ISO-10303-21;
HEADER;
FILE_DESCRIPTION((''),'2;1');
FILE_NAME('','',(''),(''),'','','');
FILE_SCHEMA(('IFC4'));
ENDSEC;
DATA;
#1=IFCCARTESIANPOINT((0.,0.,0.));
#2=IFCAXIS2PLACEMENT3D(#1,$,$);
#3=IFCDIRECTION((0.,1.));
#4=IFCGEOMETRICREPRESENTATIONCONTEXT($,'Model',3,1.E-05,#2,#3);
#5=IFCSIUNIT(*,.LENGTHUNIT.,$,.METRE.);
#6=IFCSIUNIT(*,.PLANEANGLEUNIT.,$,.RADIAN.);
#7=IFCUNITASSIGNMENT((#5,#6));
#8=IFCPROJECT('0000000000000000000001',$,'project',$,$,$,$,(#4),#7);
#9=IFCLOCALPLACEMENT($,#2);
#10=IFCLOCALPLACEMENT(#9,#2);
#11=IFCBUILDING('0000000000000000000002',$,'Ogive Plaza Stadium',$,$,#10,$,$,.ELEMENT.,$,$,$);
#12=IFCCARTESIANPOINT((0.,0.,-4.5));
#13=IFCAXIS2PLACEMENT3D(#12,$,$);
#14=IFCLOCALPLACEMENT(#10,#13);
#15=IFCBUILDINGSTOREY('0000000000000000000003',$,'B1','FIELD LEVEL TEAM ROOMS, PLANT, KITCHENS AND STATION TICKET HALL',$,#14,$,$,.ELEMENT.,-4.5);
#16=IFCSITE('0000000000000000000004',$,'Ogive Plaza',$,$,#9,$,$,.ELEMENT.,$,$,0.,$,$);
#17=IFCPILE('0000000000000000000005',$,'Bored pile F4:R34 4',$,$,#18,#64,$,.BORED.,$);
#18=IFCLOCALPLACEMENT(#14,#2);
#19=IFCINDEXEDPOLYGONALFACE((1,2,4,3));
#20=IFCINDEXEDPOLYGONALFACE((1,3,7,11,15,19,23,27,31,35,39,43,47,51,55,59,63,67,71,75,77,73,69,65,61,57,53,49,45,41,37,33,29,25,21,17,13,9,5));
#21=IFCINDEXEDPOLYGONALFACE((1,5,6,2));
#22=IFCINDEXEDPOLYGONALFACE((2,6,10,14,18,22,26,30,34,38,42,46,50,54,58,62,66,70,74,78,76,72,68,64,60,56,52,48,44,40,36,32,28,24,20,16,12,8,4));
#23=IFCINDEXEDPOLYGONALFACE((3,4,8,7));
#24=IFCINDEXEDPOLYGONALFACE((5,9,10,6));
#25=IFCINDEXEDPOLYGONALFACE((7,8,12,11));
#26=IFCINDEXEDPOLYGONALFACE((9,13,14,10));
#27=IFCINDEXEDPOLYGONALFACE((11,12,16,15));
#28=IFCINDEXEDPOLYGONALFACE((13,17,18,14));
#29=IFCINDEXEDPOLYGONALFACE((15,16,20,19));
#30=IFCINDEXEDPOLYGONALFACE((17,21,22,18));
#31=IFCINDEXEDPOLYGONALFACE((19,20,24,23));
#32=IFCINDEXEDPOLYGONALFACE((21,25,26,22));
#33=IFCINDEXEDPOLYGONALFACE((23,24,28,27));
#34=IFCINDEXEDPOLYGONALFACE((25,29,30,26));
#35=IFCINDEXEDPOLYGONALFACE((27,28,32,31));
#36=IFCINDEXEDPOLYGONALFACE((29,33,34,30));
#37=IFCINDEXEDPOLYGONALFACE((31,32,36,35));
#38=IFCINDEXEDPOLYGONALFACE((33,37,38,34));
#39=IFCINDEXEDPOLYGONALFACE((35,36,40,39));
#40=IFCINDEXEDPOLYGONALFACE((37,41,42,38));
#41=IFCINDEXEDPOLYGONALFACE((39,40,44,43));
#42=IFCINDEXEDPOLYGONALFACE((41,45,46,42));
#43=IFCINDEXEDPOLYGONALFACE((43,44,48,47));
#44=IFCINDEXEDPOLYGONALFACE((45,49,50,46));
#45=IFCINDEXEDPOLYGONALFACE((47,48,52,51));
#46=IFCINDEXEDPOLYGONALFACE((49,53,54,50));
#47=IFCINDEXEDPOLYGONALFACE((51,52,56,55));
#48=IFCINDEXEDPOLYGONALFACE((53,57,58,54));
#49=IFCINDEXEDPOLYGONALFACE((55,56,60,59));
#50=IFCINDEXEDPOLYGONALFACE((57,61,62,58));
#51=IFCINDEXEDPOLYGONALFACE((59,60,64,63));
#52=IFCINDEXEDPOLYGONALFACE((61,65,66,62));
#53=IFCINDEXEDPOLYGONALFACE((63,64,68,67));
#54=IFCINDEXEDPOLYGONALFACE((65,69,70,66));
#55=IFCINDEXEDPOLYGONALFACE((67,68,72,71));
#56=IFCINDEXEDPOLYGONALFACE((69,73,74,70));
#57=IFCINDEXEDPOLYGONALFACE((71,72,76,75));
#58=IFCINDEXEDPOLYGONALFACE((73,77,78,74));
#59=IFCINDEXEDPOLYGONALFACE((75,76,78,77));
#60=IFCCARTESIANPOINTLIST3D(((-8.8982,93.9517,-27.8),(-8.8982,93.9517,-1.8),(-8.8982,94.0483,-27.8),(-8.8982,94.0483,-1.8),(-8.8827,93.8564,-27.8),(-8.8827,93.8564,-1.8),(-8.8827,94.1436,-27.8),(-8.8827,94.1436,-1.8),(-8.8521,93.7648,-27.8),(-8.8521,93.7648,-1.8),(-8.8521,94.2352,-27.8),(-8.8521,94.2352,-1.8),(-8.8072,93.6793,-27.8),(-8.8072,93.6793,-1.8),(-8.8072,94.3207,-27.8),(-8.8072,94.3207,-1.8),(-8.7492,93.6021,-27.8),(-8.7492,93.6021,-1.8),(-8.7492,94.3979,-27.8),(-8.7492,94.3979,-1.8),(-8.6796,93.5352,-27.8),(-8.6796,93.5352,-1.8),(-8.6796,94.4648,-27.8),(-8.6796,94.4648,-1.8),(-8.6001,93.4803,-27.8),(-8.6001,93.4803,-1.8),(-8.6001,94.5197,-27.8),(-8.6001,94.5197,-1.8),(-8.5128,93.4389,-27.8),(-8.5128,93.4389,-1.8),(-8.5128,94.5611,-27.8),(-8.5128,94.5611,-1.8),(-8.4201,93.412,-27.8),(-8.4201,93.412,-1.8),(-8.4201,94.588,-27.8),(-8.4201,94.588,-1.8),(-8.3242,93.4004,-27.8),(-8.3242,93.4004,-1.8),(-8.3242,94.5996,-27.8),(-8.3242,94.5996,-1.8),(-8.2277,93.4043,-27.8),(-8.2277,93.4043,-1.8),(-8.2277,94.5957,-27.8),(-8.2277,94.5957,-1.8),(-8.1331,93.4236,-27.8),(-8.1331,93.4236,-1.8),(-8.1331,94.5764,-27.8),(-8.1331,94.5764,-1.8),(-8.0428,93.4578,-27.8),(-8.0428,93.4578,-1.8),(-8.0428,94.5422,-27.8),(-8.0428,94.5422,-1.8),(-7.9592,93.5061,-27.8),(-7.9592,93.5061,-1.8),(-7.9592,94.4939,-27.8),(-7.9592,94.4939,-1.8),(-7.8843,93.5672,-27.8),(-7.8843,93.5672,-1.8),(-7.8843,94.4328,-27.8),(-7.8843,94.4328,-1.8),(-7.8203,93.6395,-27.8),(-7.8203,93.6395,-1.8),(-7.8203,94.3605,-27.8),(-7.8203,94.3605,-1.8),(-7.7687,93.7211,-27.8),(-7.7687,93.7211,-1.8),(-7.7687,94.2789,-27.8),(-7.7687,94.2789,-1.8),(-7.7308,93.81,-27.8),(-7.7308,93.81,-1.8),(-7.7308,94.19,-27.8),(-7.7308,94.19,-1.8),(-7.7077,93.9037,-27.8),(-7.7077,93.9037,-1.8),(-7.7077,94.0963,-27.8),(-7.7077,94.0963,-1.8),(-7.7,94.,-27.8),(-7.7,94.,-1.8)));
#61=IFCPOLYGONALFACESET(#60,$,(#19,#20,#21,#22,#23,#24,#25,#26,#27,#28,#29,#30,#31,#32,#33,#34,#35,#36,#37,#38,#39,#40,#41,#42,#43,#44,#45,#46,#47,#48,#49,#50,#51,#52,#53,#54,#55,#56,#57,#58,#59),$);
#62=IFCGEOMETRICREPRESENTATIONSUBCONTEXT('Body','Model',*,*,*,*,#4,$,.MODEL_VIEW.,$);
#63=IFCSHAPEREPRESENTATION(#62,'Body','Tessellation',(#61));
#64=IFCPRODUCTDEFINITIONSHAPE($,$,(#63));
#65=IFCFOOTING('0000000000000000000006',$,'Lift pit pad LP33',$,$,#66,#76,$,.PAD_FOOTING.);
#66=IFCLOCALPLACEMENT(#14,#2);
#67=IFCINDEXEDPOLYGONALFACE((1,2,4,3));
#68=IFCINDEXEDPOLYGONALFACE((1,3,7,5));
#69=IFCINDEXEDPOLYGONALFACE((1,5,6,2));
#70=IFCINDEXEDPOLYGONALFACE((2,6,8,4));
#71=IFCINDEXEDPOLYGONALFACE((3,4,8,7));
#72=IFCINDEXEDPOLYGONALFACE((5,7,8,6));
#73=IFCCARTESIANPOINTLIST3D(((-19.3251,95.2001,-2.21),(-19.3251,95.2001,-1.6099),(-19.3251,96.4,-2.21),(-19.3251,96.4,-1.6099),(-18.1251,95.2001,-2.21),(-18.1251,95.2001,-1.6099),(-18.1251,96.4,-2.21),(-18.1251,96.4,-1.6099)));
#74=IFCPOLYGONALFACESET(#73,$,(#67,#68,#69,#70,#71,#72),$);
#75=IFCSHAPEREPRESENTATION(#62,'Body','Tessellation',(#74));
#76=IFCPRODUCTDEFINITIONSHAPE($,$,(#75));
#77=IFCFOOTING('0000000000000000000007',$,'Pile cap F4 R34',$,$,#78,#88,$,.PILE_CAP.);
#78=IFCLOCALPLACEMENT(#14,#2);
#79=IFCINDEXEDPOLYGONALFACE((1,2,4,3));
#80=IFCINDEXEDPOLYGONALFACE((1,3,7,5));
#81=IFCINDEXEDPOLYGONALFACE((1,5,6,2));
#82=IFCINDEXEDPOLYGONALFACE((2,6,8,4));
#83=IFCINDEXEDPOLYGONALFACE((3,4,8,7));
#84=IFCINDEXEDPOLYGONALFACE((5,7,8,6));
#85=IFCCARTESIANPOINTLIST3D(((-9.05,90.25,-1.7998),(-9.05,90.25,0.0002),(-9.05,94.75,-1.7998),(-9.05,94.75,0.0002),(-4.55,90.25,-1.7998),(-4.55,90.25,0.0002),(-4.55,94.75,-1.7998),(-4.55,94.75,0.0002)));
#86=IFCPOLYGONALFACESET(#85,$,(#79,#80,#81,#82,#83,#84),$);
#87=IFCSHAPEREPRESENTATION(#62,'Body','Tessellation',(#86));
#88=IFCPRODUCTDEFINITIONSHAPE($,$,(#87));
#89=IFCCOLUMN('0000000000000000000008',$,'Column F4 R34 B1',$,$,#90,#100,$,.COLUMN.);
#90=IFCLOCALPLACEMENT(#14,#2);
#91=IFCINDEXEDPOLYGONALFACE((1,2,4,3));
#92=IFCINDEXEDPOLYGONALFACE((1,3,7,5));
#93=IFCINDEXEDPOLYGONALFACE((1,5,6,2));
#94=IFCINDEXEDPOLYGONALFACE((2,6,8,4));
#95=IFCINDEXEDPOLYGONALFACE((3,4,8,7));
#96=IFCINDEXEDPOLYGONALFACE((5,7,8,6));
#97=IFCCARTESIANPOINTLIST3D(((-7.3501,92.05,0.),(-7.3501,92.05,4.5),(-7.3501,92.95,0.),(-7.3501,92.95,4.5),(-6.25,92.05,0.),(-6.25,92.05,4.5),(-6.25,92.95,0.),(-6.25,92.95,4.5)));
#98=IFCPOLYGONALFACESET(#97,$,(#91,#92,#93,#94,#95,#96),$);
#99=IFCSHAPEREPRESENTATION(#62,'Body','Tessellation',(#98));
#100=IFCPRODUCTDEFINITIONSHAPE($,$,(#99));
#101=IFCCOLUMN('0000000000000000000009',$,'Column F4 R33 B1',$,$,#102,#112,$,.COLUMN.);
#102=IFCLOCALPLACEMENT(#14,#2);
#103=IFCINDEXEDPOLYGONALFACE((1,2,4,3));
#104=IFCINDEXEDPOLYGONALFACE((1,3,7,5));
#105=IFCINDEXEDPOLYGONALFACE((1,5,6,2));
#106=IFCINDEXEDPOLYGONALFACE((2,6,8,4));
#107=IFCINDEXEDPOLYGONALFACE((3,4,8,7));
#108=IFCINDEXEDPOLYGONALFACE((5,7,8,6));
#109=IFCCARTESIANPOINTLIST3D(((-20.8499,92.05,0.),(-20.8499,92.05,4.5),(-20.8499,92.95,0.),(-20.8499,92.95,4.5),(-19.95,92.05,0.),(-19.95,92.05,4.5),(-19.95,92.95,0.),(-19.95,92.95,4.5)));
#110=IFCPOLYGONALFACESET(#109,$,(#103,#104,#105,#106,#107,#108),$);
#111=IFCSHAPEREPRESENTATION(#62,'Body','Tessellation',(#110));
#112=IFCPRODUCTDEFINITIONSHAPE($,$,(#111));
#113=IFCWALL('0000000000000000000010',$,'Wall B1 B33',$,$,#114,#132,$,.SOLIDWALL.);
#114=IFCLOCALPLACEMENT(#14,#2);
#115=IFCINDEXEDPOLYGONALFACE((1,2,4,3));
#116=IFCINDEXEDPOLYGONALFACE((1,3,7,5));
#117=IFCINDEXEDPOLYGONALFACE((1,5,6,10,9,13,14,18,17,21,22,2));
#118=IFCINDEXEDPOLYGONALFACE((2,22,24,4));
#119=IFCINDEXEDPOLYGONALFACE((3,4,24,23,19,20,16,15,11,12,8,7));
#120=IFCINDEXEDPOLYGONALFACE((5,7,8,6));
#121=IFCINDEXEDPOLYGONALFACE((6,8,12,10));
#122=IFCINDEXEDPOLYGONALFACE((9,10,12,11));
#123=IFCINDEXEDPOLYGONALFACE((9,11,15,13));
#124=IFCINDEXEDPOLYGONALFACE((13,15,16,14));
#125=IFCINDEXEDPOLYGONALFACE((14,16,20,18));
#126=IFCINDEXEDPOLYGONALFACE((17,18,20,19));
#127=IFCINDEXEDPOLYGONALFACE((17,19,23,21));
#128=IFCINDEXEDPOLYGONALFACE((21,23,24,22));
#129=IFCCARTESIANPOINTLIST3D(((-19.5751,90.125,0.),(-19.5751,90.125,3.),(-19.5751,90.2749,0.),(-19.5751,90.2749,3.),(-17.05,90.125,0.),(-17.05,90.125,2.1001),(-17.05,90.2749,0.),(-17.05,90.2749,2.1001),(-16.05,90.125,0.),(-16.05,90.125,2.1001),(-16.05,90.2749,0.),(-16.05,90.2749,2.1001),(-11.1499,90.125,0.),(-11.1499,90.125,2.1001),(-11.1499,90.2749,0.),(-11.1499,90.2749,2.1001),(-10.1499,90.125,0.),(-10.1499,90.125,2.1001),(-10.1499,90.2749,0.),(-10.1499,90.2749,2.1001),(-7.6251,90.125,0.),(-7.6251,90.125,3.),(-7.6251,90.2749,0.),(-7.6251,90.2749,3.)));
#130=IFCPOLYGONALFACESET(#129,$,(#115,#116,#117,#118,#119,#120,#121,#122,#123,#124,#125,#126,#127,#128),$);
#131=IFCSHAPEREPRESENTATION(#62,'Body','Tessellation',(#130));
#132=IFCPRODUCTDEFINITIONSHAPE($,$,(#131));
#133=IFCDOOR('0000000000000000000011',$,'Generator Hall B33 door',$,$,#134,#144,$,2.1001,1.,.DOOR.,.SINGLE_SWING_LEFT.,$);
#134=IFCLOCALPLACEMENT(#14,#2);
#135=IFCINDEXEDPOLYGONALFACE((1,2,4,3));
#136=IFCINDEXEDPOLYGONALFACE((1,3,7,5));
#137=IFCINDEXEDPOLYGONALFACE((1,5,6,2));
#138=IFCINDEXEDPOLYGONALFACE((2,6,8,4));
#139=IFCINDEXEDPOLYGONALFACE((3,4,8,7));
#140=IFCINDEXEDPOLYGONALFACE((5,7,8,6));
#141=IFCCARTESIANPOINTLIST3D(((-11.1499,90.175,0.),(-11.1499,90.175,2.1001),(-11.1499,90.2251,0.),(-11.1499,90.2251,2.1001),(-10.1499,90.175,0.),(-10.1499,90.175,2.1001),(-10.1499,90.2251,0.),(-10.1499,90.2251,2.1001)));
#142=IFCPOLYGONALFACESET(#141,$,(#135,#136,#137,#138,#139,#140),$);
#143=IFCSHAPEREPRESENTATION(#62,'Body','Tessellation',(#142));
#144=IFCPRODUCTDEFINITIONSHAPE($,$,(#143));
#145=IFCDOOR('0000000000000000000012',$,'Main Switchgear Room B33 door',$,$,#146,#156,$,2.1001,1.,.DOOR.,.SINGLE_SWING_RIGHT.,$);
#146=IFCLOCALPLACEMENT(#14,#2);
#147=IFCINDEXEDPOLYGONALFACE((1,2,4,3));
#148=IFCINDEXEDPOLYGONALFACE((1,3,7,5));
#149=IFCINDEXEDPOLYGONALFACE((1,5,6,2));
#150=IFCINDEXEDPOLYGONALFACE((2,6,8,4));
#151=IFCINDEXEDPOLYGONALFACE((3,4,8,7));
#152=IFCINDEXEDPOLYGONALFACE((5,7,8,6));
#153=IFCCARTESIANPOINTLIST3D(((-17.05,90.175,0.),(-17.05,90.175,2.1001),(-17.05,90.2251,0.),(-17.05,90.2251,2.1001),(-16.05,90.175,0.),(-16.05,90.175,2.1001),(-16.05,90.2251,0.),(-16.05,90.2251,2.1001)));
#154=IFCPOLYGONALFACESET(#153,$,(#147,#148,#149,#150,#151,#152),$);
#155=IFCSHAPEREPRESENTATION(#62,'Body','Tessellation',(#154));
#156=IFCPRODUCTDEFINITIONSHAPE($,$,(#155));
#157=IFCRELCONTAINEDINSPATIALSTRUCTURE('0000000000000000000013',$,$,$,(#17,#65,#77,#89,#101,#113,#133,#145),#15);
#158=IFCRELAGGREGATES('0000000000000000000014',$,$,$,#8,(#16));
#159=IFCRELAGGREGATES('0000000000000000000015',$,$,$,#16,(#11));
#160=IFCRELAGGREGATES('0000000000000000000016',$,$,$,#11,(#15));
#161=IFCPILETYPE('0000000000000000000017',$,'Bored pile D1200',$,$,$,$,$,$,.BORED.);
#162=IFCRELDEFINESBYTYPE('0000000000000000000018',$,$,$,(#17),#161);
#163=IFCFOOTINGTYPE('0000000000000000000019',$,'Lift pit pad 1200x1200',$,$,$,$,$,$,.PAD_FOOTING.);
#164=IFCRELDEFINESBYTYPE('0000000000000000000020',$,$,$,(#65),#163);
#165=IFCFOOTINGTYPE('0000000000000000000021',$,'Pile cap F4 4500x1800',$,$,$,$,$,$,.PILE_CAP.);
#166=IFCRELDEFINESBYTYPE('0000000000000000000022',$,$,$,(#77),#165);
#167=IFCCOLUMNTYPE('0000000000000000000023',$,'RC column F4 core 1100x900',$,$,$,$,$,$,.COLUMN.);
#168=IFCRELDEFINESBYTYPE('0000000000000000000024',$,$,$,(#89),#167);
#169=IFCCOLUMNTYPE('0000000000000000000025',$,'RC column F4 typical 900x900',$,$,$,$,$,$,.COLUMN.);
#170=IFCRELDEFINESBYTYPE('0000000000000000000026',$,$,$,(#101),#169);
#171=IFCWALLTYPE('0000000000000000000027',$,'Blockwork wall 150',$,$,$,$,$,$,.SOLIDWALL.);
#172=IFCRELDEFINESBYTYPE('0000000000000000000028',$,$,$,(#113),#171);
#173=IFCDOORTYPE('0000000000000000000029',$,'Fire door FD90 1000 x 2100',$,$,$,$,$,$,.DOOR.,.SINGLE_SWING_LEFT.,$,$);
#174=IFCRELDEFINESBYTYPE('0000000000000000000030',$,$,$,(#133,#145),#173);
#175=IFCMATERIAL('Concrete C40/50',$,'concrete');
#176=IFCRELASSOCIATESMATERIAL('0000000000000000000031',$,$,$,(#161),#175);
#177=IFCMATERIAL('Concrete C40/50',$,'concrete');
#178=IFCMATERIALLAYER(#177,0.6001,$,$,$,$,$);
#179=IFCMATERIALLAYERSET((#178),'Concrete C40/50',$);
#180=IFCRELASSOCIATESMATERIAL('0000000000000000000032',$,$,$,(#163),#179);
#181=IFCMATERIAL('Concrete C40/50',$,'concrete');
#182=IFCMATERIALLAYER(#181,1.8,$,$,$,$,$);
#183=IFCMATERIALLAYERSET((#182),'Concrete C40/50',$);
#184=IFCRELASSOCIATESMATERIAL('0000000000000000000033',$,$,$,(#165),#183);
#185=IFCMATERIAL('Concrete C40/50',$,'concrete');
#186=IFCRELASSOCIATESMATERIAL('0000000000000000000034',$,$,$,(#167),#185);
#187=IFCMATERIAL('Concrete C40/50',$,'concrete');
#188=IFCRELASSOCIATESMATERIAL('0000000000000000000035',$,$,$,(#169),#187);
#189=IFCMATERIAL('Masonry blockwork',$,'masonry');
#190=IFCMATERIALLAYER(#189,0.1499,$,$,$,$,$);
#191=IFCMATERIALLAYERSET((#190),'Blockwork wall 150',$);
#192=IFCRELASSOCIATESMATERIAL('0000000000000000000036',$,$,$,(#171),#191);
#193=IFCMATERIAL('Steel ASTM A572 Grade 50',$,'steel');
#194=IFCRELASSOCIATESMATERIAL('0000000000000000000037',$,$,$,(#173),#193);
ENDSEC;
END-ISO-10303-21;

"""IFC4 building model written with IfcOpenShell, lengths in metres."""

from ifc_helpers import new_model, si_unit, direction, frame, frame_2d, origin, origin_2d, place, context, subcontext, project, spatial, rectangle, circle, extrude, material, layer, layer_set, material_profile, profile_set, type_object, element, fill, save


model = new_model("IFC4")

# Units and contexts
model_context = context("Model", 3, precision=1e-05, world=origin(), true_north=direction((0.0, 1.0)))
body_context = subcontext(model_context, "Body", "Model", "MODEL_VIEW")
ifc_project = project(units=[si_unit("LENGTHUNIT", "METRE"), si_unit("PLANEANGLEUNIT", "RADIAN")], contexts=[model_context])

# Site, building, storey
site_placement = place(None, origin())
site = spatial("IfcSite", under=ifc_project, at=site_placement, Name="Ogive Plaza", CompositionType="ELEMENT", RefElevation=0.0)
building_placement = place(site_placement, origin())
building = spatial("IfcBuilding", under=site, at=building_placement, Name="Ogive Plaza Stadium", CompositionType="ELEMENT")
storey_placement = place(building_placement, frame((0.0, 0.0, -4.5)))
storey = spatial("IfcBuildingStorey", under=building, at=storey_placement, Name="B1", Description="FIELD LEVEL TEAM ROOMS, PLANT, KITCHENS AND STATION TICKET HALL", CompositionType="ELEMENT", Elevation=-4.5)

# Pile
ifc_material_1 = material(Name="Concrete C40/50", Category="concrete")
ifc_material_profile_1 = material_profile(ifc_material_1, circle(Radius=0.6001, at=origin_2d()), Name="RC D1200")
ifc_profile_set_1 = profile_set([ifc_material_profile_1], Name="Concrete C40/50")
pile_type_1 = type_object("IfcPileType", Name="Bored pile D1200", PredefinedType="BORED", material=ifc_profile_set_1)
for number, where, z_axis, x_axis, name in (
    (1, (-8.3, 94.0, -1.8), (0.0, 0.0, -1.0), (1.0, 0.0, 0.0), "Bored pile F4:R34 4"),
):
    element("IfcPile", number, at=place(storey_placement, frame(where, z_axis=z_axis, x_axis=x_axis)), inside=storey, type_object=pile_type_1, Name=name, PredefinedType="BORED", context=body_context, shape_type="SweptSolid", body=[
        extrude(circle(Radius=0.6001, at=origin_2d()), origin(), (0.0, 0.0, 1.0), 26.0),
    ])

# Footings
ifc_material_2 = material(Name="Concrete C40/50", Category="concrete")
ifc_layer_1 = layer(ifc_material_2, 0.6001)
ifc_layer_set_1 = layer_set([ifc_layer_1], Name="Concrete C40/50")
footing_type_1 = type_object("IfcFootingType", Name="Lift pit pad 1200x1200", PredefinedType="PAD_FOOTING", material=ifc_layer_set_1)
footing_1_placement = place(storey_placement, frame((-18.7251, 95.8, -2.21), z_axis=(0.0, 0.0, 1.0), x_axis=(0.0, 1.0, 0.0)))
element("IfcFooting", 2, at=footing_1_placement, inside=storey, type_object=footing_type_1, Name="Lift pit pad LP33", PredefinedType="PAD_FOOTING", context=body_context, shape_type="SweptSolid", body=[
    extrude(rectangle(XDim=1.2, YDim=1.2, at=origin_2d()), origin(), (0.0, 0.0, 1.0), 0.6001),
])
ifc_material_3 = material(Name="Concrete C40/50", Category="concrete")
ifc_layer_2 = layer(ifc_material_3, 1.8)
ifc_layer_set_2 = layer_set([ifc_layer_2], Name="Concrete C40/50")
footing_type_2 = type_object("IfcFootingType", Name="Pile cap F4 4500x1800", PredefinedType="PILE_CAP", material=ifc_layer_set_2)
footing_2_placement = place(storey_placement, frame((-6.8, 92.5, -1.7998), z_axis=(0.0, 0.0, 1.0), x_axis=(0.0, 1.0, 0.0)))
element("IfcFooting", 3, at=footing_2_placement, inside=storey, type_object=footing_type_2, Name="Pile cap F4 R34", PredefinedType="PILE_CAP", context=body_context, shape_type="SweptSolid", body=[
    extrude(rectangle(XDim=4.5, YDim=4.5, at=origin_2d()), origin(), (0.0, 0.0, 1.0), 1.8),
])

# Columns
ifc_material_4 = material(Name="Concrete C40/50", Category="concrete")
ifc_material_profile_2 = material_profile(ifc_material_4, rectangle(XDim=1.1001, YDim=0.8999, at=origin_2d()), Name="RC 1100x900")
ifc_profile_set_2 = profile_set([ifc_material_profile_2], Name="Concrete C40/50")
column_type_1 = type_object("IfcColumnType", Name="RC column F4 core 1100x900", PredefinedType="COLUMN", material=ifc_profile_set_2)
column_1_placement = place(storey_placement, frame((-6.8, 92.5, 0.0), z_axis=(0.0, 0.0, 1.0), x_axis=(-1.0, 0.0, 0.0)))
element("IfcColumn", 4, at=column_1_placement, inside=storey, type_object=column_type_1, Name="Column F4 R34 B1", PredefinedType="COLUMN", context=body_context, shape_type="SweptSolid", body=[
    extrude(rectangle(XDim=1.1001, YDim=0.8999, at=origin_2d()), origin(), (0.0, 0.0, 1.0), 4.5),
])
ifc_material_5 = material(Name="Concrete C40/50", Category="concrete")
ifc_material_profile_3 = material_profile(ifc_material_5, rectangle(XDim=0.8999, YDim=0.8999, at=origin_2d()), Name="RC 900x900")
ifc_profile_set_3 = profile_set([ifc_material_profile_3], Name="Concrete C40/50")
column_type_2 = type_object("IfcColumnType", Name="RC column F4 typical 900x900", PredefinedType="COLUMN", material=ifc_profile_set_3)
column_2_placement = place(storey_placement, frame((-20.3999, 92.5, 0.0), z_axis=(0.0, 0.0, 1.0), x_axis=(-1.0, 0.0, 0.0)))
element("IfcColumn", 5, at=column_2_placement, inside=storey, type_object=column_type_2, Name="Column F4 R33 B1", PredefinedType="COLUMN", context=body_context, shape_type="SweptSolid", body=[
    extrude(rectangle(XDim=0.8999, YDim=0.8999, at=origin_2d()), origin(), (0.0, 0.0, 1.0), 4.5),
])

# Wall, openings, doors
ifc_material_6 = material(Name="Masonry blockwork", Category="masonry")
ifc_layer_3 = layer(ifc_material_6, 0.1499)
ifc_layer_set_3 = layer_set([ifc_layer_3], Name="Blockwork wall 150")
wall_type_1 = type_object("IfcWallType", Name="Blockwork wall 150", PredefinedType="SOLIDWALL", material=ifc_layer_set_3)
wall_1_placement = place(storey_placement, frame((-7.625, 90.2, 0.0), z_axis=(0.0, 0.0, 1.0), x_axis=(-1.0, 0.0, 0.0)))
wall_1 = element("IfcWall", 6, at=wall_1_placement, inside=storey, type_object=wall_type_1, Name="Wall B1 B33", PredefinedType="SOLIDWALL", context=body_context, shape_type="SweptSolid", body=[
    extrude(rectangle(XDim=11.95, YDim=0.1499, at=frame_2d((5.9751, 0.0))), origin(), (0.0, 0.0, 1.0), 3.0),
])
opening_1_placement = place(wall_1_placement, frame((2.5249, 0.0, 0.0)))
opening_1 = element("IfcOpeningElement", 7, at=opening_1_placement, cuts=wall_1, PredefinedType="OPENING", context=body_context, shape_type="SweptSolid", body=[
    extrude(rectangle(XDim=1.0, YDim=2.1001, at=frame_2d((0.5, 1.05))), frame((0.0, 0.075, 0.0), z_axis=(0.0, -1.0, 0.0), x_axis=(1.0, 0.0, 0.0)), (0.0, 0.0, 1.0), 0.1499),
])
opening_2_placement = place(wall_1_placement, frame((8.425, 0.0, 0.0)))
opening_2 = element("IfcOpeningElement", 8, at=opening_2_placement, cuts=wall_1, PredefinedType="OPENING", context=body_context, shape_type="SweptSolid", body=[
    extrude(rectangle(XDim=1.0, YDim=2.1001, at=frame_2d((0.5, 1.05))), frame((0.0, 0.075, 0.0), z_axis=(0.0, -1.0, 0.0), x_axis=(1.0, 0.0, 0.0)), (0.0, 0.0, 1.0), 0.1499),
])
ifc_material_7 = material(Name="Steel ASTM A572 Grade 50", Category="steel")
door_type_1 = type_object("IfcDoorType", Name="Fire door FD90 1000 x 2100", OperationType="SINGLE_SWING_LEFT", PredefinedType="DOOR", material=ifc_material_7)
door_1_placement = place(opening_1_placement, origin())
door_1 = element("IfcDoor", 9, at=door_1_placement, inside=storey, type_object=door_type_1, Name="Generator Hall B33 door", OperationType="SINGLE_SWING_LEFT", OverallHeight=2.1001, OverallWidth=1.0, PredefinedType="DOOR", context=body_context, shape_type="SweptSolid", body=[
    extrude(rectangle(XDim=1.0, YDim=2.1001, at=frame_2d((0.5, 1.05))), frame((0.0, 0.0249, 0.0), z_axis=(0.0, -1.0, 0.0), x_axis=(1.0, 0.0, 0.0)), (0.0, 0.0, 1.0), 0.05),
])
fill(opening_1, door_1)
door_2_placement = place(opening_2_placement, origin())
door_2 = element("IfcDoor", 10, at=door_2_placement, inside=storey, type_object=door_type_1, Name="Main Switchgear Room B33 door", OperationType="SINGLE_SWING_RIGHT", OverallHeight=2.1001, OverallWidth=1.0, PredefinedType="DOOR", context=body_context, shape_type="SweptSolid", body=[
    extrude(rectangle(XDim=1.0, YDim=2.1001, at=frame_2d((0.5, 1.05))), frame((0.0, 0.0249, 0.0), z_axis=(0.0, -1.0, 0.0), x_axis=(1.0, 0.0, 0.0)), (0.0, 0.0, 1.0), 0.05),
])
fill(opening_2, door_2)

save(model, "model.ifc")
